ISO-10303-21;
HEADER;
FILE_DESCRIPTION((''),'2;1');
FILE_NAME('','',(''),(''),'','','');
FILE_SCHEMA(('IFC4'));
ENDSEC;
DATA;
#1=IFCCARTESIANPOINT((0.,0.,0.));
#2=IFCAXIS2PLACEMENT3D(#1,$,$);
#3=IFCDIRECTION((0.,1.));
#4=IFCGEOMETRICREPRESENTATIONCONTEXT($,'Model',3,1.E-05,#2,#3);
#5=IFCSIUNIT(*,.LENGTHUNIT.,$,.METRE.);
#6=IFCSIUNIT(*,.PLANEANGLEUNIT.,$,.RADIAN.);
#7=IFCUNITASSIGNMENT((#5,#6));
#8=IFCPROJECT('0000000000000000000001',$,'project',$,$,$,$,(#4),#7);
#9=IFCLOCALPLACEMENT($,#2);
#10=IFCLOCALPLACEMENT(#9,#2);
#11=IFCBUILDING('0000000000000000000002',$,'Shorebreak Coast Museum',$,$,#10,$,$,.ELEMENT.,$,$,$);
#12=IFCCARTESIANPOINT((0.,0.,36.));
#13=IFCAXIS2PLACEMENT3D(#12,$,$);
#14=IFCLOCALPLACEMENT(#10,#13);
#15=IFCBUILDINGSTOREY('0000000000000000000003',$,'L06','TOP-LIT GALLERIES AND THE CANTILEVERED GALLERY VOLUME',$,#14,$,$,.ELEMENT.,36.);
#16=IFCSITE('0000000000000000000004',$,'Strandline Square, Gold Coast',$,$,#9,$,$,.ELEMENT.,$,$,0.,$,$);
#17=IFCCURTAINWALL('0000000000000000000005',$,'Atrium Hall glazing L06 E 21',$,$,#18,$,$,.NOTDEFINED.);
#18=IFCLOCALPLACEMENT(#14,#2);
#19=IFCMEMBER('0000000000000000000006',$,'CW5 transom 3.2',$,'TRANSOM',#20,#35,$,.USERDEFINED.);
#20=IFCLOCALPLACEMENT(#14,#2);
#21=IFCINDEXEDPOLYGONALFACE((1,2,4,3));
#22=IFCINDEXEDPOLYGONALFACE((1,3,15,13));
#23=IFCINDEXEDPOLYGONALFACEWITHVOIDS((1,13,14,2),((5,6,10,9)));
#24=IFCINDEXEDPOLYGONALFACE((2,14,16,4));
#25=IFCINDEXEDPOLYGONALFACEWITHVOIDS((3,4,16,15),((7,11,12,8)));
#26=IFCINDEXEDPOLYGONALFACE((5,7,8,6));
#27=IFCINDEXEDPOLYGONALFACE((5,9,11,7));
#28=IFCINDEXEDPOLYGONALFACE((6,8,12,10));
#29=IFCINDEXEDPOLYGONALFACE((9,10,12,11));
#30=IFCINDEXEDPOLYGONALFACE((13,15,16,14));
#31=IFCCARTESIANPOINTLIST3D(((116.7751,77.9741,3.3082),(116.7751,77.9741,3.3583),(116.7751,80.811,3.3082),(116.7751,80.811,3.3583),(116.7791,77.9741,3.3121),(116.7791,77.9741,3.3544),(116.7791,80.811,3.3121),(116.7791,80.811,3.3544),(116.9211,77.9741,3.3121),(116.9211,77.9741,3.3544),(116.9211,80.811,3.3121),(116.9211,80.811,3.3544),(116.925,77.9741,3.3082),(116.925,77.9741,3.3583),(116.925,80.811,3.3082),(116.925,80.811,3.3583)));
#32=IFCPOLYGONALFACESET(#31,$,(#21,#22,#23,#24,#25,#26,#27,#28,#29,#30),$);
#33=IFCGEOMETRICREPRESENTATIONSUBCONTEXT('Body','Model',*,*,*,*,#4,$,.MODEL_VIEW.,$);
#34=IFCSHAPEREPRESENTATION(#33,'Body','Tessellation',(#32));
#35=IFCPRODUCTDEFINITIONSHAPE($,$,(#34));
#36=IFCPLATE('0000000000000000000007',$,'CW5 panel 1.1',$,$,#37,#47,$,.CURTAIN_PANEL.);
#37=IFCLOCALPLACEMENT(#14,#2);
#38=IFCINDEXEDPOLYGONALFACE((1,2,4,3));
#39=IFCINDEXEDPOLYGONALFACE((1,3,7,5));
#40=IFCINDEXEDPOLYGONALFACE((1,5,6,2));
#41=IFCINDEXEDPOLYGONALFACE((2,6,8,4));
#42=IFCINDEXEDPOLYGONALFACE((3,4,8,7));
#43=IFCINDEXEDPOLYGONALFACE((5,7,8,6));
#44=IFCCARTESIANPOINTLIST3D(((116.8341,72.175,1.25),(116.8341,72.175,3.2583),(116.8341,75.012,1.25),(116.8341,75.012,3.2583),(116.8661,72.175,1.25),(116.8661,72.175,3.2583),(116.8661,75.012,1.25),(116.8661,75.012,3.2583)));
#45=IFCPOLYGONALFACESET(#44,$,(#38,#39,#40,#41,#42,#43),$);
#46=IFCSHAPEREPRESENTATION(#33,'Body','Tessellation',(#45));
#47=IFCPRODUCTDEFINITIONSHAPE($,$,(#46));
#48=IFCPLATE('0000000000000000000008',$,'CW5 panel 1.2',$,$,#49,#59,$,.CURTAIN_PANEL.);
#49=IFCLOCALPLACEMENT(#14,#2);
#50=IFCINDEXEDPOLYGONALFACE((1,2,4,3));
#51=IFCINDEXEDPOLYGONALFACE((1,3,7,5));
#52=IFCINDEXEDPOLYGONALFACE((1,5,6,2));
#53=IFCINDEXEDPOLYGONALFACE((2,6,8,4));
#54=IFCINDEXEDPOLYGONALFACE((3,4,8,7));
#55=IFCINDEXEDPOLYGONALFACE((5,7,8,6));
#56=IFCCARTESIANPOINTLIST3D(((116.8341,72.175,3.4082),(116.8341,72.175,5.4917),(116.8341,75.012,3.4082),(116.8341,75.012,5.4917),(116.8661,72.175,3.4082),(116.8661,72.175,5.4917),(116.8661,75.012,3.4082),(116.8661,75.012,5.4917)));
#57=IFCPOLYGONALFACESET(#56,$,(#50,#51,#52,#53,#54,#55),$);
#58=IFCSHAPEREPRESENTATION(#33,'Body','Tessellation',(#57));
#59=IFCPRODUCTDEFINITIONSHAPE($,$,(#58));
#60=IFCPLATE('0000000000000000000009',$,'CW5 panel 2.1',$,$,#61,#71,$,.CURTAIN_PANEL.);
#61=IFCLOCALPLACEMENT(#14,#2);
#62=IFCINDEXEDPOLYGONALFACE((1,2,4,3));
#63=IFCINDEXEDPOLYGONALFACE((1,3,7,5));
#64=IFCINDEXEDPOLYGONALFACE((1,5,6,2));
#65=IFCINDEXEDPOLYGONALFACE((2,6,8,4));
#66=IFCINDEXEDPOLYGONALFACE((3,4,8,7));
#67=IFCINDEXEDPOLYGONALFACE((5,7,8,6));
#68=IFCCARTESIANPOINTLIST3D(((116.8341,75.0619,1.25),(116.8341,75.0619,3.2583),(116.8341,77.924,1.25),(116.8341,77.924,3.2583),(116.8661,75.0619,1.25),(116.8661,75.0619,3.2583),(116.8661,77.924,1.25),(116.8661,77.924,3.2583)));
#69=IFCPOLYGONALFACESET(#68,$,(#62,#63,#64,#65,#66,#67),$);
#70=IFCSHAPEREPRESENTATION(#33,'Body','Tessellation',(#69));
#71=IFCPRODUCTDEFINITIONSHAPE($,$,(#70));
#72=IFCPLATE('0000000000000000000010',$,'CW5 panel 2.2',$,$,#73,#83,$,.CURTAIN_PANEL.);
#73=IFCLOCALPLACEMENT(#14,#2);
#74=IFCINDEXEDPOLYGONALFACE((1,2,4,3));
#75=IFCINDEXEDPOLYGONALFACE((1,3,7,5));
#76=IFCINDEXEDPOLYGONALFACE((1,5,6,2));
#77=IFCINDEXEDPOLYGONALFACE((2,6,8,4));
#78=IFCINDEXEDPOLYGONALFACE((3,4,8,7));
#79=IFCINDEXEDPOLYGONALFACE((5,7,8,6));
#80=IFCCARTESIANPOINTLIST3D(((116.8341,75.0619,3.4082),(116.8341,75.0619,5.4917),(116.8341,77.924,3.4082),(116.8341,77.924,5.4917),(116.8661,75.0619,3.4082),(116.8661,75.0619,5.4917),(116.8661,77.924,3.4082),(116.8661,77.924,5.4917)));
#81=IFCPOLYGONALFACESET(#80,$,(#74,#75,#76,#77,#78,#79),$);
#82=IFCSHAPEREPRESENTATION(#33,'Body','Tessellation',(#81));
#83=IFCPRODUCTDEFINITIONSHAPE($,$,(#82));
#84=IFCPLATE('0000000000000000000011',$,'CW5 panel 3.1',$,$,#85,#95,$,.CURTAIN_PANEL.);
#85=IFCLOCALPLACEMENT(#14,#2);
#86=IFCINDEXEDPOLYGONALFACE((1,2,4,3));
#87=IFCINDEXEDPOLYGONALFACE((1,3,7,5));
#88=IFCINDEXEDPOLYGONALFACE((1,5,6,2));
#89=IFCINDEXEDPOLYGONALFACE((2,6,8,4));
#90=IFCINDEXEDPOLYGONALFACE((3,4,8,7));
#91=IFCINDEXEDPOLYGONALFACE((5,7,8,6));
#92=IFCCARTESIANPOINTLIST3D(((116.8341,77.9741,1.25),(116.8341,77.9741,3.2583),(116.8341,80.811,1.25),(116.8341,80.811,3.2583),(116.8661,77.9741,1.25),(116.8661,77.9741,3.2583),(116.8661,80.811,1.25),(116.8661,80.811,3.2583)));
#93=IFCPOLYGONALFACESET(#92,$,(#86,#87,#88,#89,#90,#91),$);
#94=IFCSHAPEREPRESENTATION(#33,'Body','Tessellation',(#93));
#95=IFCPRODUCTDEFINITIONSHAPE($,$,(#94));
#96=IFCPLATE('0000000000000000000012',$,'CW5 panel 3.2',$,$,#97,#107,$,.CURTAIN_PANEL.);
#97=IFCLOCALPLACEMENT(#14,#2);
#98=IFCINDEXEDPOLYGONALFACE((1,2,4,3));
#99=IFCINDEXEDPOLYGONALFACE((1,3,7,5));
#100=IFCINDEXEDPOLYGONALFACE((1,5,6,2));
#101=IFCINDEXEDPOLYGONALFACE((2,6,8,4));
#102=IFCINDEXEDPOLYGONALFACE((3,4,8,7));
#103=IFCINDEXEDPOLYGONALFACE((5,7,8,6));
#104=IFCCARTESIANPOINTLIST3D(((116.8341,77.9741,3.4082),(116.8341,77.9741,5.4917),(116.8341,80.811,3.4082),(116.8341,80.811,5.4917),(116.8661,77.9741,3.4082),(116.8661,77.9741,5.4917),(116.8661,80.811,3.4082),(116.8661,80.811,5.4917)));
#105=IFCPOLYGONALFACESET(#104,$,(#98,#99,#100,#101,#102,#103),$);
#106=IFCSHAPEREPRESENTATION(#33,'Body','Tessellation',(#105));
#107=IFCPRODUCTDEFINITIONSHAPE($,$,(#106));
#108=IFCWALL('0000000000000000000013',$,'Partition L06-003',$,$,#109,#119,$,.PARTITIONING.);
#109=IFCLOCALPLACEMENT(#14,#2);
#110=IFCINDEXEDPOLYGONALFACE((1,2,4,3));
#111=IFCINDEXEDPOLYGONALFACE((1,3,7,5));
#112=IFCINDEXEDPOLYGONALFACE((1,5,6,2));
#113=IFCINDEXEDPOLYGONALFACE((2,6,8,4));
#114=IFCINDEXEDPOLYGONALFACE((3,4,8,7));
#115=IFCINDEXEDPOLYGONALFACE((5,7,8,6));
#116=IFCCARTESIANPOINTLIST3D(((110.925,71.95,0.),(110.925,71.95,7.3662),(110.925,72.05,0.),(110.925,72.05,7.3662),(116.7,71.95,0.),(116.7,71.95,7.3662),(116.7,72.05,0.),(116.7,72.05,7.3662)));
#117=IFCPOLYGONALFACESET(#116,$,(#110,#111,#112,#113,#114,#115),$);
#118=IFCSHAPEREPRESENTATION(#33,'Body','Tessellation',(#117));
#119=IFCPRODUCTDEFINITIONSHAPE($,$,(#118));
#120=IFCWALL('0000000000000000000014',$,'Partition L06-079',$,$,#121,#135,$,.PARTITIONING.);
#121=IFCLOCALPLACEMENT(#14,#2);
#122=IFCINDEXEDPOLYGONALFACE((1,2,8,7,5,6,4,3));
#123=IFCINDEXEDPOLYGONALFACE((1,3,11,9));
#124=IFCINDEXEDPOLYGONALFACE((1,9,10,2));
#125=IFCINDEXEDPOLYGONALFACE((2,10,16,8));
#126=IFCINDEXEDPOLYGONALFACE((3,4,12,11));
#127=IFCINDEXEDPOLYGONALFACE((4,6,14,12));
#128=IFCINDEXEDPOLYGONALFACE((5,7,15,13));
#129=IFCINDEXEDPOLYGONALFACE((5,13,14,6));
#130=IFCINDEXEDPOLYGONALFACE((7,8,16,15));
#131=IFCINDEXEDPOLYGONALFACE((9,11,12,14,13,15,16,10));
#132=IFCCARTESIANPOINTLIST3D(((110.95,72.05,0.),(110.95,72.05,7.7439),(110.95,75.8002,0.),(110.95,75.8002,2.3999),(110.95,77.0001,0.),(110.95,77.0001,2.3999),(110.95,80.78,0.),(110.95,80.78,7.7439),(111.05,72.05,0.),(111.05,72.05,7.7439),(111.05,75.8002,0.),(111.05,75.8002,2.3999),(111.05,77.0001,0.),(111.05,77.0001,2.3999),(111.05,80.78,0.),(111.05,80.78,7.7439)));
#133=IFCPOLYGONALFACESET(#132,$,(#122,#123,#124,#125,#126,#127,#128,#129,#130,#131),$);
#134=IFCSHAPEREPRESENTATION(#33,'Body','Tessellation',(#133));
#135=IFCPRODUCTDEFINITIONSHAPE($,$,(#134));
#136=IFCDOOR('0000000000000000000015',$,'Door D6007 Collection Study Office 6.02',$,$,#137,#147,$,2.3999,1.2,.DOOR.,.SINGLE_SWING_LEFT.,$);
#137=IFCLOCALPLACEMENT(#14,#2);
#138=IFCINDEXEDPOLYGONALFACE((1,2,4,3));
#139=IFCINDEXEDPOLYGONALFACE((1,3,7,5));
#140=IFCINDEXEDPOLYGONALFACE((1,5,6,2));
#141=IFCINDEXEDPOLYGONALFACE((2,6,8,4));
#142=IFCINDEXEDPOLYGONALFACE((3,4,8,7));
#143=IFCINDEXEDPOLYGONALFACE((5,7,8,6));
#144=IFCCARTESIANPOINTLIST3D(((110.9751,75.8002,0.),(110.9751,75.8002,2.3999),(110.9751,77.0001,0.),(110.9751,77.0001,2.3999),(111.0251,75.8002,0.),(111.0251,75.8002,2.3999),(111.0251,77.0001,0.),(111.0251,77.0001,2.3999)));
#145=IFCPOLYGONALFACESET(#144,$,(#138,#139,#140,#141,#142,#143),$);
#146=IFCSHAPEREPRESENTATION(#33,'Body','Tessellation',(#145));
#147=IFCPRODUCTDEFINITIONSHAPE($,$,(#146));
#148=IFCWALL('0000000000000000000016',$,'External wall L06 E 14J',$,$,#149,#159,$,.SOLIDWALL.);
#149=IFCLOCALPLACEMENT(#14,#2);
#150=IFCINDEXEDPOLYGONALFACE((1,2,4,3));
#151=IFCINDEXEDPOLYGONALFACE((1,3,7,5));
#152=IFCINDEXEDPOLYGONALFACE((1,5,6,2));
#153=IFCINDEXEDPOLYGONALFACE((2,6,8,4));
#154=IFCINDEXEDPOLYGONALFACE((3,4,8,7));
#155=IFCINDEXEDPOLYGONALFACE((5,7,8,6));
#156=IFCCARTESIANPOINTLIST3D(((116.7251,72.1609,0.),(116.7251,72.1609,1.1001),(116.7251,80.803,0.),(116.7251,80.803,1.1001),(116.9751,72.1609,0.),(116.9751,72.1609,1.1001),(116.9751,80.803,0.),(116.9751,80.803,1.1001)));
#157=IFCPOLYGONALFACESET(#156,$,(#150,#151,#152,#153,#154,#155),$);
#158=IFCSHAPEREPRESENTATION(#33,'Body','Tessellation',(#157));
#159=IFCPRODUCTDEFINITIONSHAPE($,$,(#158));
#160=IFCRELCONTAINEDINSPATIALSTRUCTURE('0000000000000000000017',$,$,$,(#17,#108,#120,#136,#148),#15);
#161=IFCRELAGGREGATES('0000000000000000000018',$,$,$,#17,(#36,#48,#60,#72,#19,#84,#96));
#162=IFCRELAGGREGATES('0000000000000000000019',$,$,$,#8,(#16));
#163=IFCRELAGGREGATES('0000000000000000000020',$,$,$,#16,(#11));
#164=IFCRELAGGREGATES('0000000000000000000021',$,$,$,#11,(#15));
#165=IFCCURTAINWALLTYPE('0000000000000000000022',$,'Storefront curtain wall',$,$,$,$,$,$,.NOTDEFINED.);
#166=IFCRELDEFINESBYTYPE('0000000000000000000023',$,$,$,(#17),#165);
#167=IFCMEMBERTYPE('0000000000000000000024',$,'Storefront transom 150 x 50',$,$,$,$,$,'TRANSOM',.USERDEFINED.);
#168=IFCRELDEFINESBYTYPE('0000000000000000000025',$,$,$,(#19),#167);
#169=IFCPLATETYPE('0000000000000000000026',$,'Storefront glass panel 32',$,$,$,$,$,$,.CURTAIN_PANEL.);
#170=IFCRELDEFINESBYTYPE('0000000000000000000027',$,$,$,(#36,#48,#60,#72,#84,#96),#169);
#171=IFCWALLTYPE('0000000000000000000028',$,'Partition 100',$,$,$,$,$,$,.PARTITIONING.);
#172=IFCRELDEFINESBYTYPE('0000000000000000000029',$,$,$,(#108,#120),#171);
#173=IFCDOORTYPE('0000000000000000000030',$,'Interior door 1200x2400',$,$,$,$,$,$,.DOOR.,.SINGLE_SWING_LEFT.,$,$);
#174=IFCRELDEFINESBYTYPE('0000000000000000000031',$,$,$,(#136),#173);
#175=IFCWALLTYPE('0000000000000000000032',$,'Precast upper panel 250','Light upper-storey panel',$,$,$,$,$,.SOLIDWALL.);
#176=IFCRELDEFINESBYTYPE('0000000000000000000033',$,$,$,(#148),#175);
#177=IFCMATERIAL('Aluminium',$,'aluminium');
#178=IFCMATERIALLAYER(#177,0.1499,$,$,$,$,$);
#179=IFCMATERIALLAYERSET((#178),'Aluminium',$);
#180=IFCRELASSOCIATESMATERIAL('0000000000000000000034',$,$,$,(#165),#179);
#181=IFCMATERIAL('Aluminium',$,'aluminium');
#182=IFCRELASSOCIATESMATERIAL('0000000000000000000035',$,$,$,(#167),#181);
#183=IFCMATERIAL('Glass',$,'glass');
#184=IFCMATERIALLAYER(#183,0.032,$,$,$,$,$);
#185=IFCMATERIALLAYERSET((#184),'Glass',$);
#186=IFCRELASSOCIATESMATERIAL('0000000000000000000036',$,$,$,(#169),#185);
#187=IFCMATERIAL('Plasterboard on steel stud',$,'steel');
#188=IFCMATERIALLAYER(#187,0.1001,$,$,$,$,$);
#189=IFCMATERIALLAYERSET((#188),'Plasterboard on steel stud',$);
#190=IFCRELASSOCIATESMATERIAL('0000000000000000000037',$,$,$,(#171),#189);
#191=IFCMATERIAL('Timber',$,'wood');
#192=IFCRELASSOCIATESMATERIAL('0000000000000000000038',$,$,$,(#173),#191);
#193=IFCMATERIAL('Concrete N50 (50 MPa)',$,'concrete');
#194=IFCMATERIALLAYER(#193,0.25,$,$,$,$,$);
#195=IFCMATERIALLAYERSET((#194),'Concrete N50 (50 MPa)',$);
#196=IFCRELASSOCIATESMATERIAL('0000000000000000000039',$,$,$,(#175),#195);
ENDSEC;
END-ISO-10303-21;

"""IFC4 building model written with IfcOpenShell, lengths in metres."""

from ifc_helpers import new_model, si_unit, direction, frame, frame_2d, origin, origin_2d, place, context, subcontext, project, spatial, rectangle, hollow_rectangle, extrude, material, layer, layer_set, material_profile, profile_set, type_object, element, fill, aggregate, save


model = new_model("IFC4")

# Units and contexts
model_context = context("Model", 3, precision=1e-05, world=origin(), true_north=direction((0.0, 1.0)))
body_context = subcontext(model_context, "Body", "Model", "MODEL_VIEW")
ifc_project = project(units=[si_unit("LENGTHUNIT", "METRE"), si_unit("PLANEANGLEUNIT", "RADIAN")], contexts=[model_context])

# Site, building, storey
site_placement = place(None, origin())
site = spatial("IfcSite", under=ifc_project, at=site_placement, Name="Strandline Square, Gold Coast", CompositionType="ELEMENT", RefElevation=0.0)
building_placement = place(site_placement, origin())
building = spatial("IfcBuilding", under=site, at=building_placement, Name="Shorebreak Coast Museum", CompositionType="ELEMENT")
storey_placement = place(building_placement, frame((0.0, 0.0, 36.0)))
storey = spatial("IfcBuildingStorey", under=building, at=storey_placement, Name="L06", Description="TOP-LIT GALLERIES AND THE CANTILEVERED GALLERY VOLUME", CompositionType="ELEMENT", Elevation=36.0)

# Curtain wall, member, plates
ifc_material_1 = material(Name="Aluminium", Category="aluminium")
ifc_layer_1 = layer(ifc_material_1, 0.1499)
ifc_layer_set_1 = layer_set([ifc_layer_1], Name="Aluminium")
curtain_wall_type = type_object("IfcCurtainWallType", Name="Storefront curtain wall", PredefinedType="NOTDEFINED", material=ifc_layer_set_1)
curtain_wall_placement = place(storey_placement, origin())
curtain_wall = element("IfcCurtainWall", 1, at=curtain_wall_placement, inside=storey, type_object=curtain_wall_type, Name="Atrium Hall glazing L06 E 21", PredefinedType="NOTDEFINED")
ifc_material_2 = material(Name="Aluminium", Category="aluminium")
ifc_material_profile_1 = material_profile(ifc_material_2, hollow_rectangle(XDim=0.1499, YDim=0.05, WallThickness=0.0039, at=origin_2d()), Name="AL 50x150 RHS")
ifc_profile_set_1 = profile_set([ifc_material_profile_1], Name="Aluminium")
member_type_1 = type_object("IfcMemberType", Name="Storefront transom 150 x 50", ElementType="TRANSOM", PredefinedType="USERDEFINED", material=ifc_profile_set_1)
member_1_placement = place(storey_placement, frame((116.8501, 77.9741, 3.3333), z_axis=(0.0, 1.0, 0.0), x_axis=(-1.0, 0.0, 0.0)))
member_1 = element("IfcMember", 2, at=member_1_placement, type_object=member_type_1, Name="CW5 transom 3.2", ObjectType="TRANSOM", PredefinedType="USERDEFINED", context=body_context, shape_type="SweptSolid", body=[
    extrude(hollow_rectangle(XDim=0.1499, YDim=0.05, WallThickness=0.0039, at=origin_2d()), origin(), (0.0, 0.0, 1.0), 2.8369),
])
ifc_material_3 = material(Name="Glass", Category="glass")
ifc_layer_2 = layer(ifc_material_3, 0.032)
ifc_layer_set_2 = layer_set([ifc_layer_2], Name="Glass")
plate_type = type_object("IfcPlateType", Name="Storefront glass panel 32", PredefinedType="CURTAIN_PANEL", material=ifc_layer_set_2)
plate_1_placement = place(storey_placement, frame((116.8501, 73.5935, 1.25), z_axis=(0.0, 0.0, 1.0), x_axis=(0.0, 1.0, 0.0)))
plate_1 = element("IfcPlate", 3, at=plate_1_placement, type_object=plate_type, Name="CW5 panel 1.1", PredefinedType="CURTAIN_PANEL", context=body_context, shape_type="SweptSolid", body=[
    extrude(rectangle(XDim=2.8369, YDim=0.032, at=origin_2d()), origin(), (0.0, 0.0, 1.0), 2.0083),
])
plate_2_placement = place(storey_placement, frame((116.8501, 73.5935, 3.4082), z_axis=(0.0, 0.0, 1.0), x_axis=(0.0, 1.0, 0.0)))
plate_2 = element("IfcPlate", 4, at=plate_2_placement, type_object=plate_type, Name="CW5 panel 1.2", PredefinedType="CURTAIN_PANEL", context=body_context, shape_type="SweptSolid", body=[
    extrude(rectangle(XDim=2.8369, YDim=0.032, at=origin_2d()), origin(), (0.0, 0.0, 1.0), 2.0835),
])
plate_3_placement = place(storey_placement, frame((116.8501, 76.4929, 1.25), z_axis=(0.0, 0.0, 1.0), x_axis=(0.0, 1.0, 0.0)))
plate_3 = element("IfcPlate", 5, at=plate_3_placement, type_object=plate_type, Name="CW5 panel 2.1", PredefinedType="CURTAIN_PANEL", context=body_context, shape_type="SweptSolid", body=[
    extrude(rectangle(XDim=2.8621, YDim=0.032, at=origin_2d()), origin(), (0.0, 0.0, 1.0), 2.0083),
])
plate_4_placement = place(storey_placement, frame((116.8501, 76.4929, 3.4082), z_axis=(0.0, 0.0, 1.0), x_axis=(0.0, 1.0, 0.0)))
plate_4 = element("IfcPlate", 6, at=plate_4_placement, type_object=plate_type, Name="CW5 panel 2.2", PredefinedType="CURTAIN_PANEL", context=body_context, shape_type="SweptSolid", body=[
    extrude(rectangle(XDim=2.8621, YDim=0.032, at=origin_2d()), origin(), (0.0, 0.0, 1.0), 2.0835),
])
plate_5_placement = place(storey_placement, frame((116.8501, 79.3926, 1.25), z_axis=(0.0, 0.0, 1.0), x_axis=(0.0, 1.0, 0.0)))
plate_5 = element("IfcPlate", 7, at=plate_5_placement, type_object=plate_type, Name="CW5 panel 3.1", PredefinedType="CURTAIN_PANEL", context=body_context, shape_type="SweptSolid", body=[
    extrude(rectangle(XDim=2.8369, YDim=0.032, at=origin_2d()), origin(), (0.0, 0.0, 1.0), 2.0083),
])
plate_6_placement = place(storey_placement, frame((116.8501, 79.3926, 3.4082), z_axis=(0.0, 0.0, 1.0), x_axis=(0.0, 1.0, 0.0)))
plate_6 = element("IfcPlate", 8, at=plate_6_placement, type_object=plate_type, Name="CW5 panel 3.2", PredefinedType="CURTAIN_PANEL", context=body_context, shape_type="SweptSolid", body=[
    extrude(rectangle(XDim=2.8369, YDim=0.032, at=origin_2d()), origin(), (0.0, 0.0, 1.0), 2.0835),
])
aggregate(curtain_wall, [plate_1, plate_2, plate_3, plate_4, member_1, plate_5, plate_6])

# Wall
ifc_material_4 = material(Name="Plasterboard on steel stud", Category="steel")
ifc_layer_3 = layer(ifc_material_4, 0.1001)
ifc_layer_set_3 = layer_set([ifc_layer_3], Name="Plasterboard on steel stud")
wall_type_1 = type_object("IfcWallType", Name="Partition 100", PredefinedType="PARTITIONING", material=ifc_layer_set_3)
wall_1_placement = place(storey_placement, frame((110.925, 72.0, 0.0), z_axis=(0.0, 0.0, 1.0), x_axis=(1.0, 0.0, 0.0)))
element("IfcWall", 9, at=wall_1_placement, inside=storey, type_object=wall_type_1, Name="Partition L06-003", PredefinedType="PARTITIONING", context=body_context, shape_type="SweptSolid", body=[
    extrude(rectangle(XDim=5.7749, YDim=0.1001, at=frame_2d((2.8875, 0.0))), origin(), (0.0, 0.0, 1.0), 7.3662),
])

# Wall, opening, door
wall_2_placement = place(storey_placement, frame((111.0, 72.05, 0.0), z_axis=(0.0, 0.0, 1.0), x_axis=(0.0, 1.0, 0.0)))
wall_2 = element("IfcWall", 10, at=wall_2_placement, inside=storey, type_object=wall_type_1, Name="Partition L06-079", PredefinedType="PARTITIONING", context=body_context, shape_type="SweptSolid", body=[
    extrude(rectangle(XDim=8.73, YDim=0.1001, at=frame_2d((4.365, 0.0))), origin(), (0.0, 0.0, 1.0), 7.7439),
])
opening_placement = place(wall_2_placement, frame((3.75, 0.0, 0.0)))
opening = element("IfcOpeningElement", 11, at=opening_placement, cuts=wall_2, PredefinedType="OPENING", context=body_context, shape_type="SweptSolid", body=[
    extrude(rectangle(XDim=1.2, YDim=2.3999, at=frame_2d((0.6001, 1.2))), frame((0.0, 0.0601, 0.0), z_axis=(0.0, -1.0, 0.0), x_axis=(1.0, 0.0, 0.0)), (0.0, 0.0, 1.0), 0.1201),
])
ifc_material_5 = material(Name="Timber", Category="wood")
door_type = type_object("IfcDoorType", Name="Interior door 1200x2400", OperationType="SINGLE_SWING_LEFT", PredefinedType="DOOR", material=ifc_material_5)
door_placement = place(opening_placement, origin())
door = element("IfcDoor", 12, at=door_placement, inside=storey, type_object=door_type, Name="Door D6007 Collection Study Office 6.02", OperationType="SINGLE_SWING_LEFT", OverallHeight=2.3999, OverallWidth=1.2, PredefinedType="DOOR", context=body_context, shape_type="SweptSolid", body=[
    extrude(rectangle(XDim=1.2, YDim=2.3999, at=frame_2d((0.6001, 1.2))), frame((0.0, 0.0249, 0.0), z_axis=(0.0, -1.0, 0.0), x_axis=(1.0, 0.0, 0.0)), (0.0, 0.0, 1.0), 0.05),
])
fill(opening, door)

# Wall
ifc_material_6 = material(Name="Concrete N50 (50 MPa)", Category="concrete")
ifc_layer_4 = layer(ifc_material_6, 0.25)
ifc_layer_set_4 = layer_set([ifc_layer_4], Name="Concrete N50 (50 MPa)")
wall_type_2 = type_object("IfcWallType", Name="Precast upper panel 250", Description="Light upper-storey panel", PredefinedType="SOLIDWALL", material=ifc_layer_set_4)
wall_3_placement = place(storey_placement, frame((116.8501, 72.1609, 0.0), z_axis=(0.0, 0.0, 1.0), x_axis=(0.0, 1.0, 0.0)))
element("IfcWall", 13, at=wall_3_placement, inside=storey, type_object=wall_type_2, Name="External wall L06 E 14J", PredefinedType="SOLIDWALL", context=body_context, shape_type="SweptSolid", body=[
    extrude(rectangle(XDim=8.6421, YDim=0.25, at=frame_2d((4.321, 0.0))), origin(), (0.0, 0.0, 1.0), 1.1001),
])

save(model, "model.ifc")
